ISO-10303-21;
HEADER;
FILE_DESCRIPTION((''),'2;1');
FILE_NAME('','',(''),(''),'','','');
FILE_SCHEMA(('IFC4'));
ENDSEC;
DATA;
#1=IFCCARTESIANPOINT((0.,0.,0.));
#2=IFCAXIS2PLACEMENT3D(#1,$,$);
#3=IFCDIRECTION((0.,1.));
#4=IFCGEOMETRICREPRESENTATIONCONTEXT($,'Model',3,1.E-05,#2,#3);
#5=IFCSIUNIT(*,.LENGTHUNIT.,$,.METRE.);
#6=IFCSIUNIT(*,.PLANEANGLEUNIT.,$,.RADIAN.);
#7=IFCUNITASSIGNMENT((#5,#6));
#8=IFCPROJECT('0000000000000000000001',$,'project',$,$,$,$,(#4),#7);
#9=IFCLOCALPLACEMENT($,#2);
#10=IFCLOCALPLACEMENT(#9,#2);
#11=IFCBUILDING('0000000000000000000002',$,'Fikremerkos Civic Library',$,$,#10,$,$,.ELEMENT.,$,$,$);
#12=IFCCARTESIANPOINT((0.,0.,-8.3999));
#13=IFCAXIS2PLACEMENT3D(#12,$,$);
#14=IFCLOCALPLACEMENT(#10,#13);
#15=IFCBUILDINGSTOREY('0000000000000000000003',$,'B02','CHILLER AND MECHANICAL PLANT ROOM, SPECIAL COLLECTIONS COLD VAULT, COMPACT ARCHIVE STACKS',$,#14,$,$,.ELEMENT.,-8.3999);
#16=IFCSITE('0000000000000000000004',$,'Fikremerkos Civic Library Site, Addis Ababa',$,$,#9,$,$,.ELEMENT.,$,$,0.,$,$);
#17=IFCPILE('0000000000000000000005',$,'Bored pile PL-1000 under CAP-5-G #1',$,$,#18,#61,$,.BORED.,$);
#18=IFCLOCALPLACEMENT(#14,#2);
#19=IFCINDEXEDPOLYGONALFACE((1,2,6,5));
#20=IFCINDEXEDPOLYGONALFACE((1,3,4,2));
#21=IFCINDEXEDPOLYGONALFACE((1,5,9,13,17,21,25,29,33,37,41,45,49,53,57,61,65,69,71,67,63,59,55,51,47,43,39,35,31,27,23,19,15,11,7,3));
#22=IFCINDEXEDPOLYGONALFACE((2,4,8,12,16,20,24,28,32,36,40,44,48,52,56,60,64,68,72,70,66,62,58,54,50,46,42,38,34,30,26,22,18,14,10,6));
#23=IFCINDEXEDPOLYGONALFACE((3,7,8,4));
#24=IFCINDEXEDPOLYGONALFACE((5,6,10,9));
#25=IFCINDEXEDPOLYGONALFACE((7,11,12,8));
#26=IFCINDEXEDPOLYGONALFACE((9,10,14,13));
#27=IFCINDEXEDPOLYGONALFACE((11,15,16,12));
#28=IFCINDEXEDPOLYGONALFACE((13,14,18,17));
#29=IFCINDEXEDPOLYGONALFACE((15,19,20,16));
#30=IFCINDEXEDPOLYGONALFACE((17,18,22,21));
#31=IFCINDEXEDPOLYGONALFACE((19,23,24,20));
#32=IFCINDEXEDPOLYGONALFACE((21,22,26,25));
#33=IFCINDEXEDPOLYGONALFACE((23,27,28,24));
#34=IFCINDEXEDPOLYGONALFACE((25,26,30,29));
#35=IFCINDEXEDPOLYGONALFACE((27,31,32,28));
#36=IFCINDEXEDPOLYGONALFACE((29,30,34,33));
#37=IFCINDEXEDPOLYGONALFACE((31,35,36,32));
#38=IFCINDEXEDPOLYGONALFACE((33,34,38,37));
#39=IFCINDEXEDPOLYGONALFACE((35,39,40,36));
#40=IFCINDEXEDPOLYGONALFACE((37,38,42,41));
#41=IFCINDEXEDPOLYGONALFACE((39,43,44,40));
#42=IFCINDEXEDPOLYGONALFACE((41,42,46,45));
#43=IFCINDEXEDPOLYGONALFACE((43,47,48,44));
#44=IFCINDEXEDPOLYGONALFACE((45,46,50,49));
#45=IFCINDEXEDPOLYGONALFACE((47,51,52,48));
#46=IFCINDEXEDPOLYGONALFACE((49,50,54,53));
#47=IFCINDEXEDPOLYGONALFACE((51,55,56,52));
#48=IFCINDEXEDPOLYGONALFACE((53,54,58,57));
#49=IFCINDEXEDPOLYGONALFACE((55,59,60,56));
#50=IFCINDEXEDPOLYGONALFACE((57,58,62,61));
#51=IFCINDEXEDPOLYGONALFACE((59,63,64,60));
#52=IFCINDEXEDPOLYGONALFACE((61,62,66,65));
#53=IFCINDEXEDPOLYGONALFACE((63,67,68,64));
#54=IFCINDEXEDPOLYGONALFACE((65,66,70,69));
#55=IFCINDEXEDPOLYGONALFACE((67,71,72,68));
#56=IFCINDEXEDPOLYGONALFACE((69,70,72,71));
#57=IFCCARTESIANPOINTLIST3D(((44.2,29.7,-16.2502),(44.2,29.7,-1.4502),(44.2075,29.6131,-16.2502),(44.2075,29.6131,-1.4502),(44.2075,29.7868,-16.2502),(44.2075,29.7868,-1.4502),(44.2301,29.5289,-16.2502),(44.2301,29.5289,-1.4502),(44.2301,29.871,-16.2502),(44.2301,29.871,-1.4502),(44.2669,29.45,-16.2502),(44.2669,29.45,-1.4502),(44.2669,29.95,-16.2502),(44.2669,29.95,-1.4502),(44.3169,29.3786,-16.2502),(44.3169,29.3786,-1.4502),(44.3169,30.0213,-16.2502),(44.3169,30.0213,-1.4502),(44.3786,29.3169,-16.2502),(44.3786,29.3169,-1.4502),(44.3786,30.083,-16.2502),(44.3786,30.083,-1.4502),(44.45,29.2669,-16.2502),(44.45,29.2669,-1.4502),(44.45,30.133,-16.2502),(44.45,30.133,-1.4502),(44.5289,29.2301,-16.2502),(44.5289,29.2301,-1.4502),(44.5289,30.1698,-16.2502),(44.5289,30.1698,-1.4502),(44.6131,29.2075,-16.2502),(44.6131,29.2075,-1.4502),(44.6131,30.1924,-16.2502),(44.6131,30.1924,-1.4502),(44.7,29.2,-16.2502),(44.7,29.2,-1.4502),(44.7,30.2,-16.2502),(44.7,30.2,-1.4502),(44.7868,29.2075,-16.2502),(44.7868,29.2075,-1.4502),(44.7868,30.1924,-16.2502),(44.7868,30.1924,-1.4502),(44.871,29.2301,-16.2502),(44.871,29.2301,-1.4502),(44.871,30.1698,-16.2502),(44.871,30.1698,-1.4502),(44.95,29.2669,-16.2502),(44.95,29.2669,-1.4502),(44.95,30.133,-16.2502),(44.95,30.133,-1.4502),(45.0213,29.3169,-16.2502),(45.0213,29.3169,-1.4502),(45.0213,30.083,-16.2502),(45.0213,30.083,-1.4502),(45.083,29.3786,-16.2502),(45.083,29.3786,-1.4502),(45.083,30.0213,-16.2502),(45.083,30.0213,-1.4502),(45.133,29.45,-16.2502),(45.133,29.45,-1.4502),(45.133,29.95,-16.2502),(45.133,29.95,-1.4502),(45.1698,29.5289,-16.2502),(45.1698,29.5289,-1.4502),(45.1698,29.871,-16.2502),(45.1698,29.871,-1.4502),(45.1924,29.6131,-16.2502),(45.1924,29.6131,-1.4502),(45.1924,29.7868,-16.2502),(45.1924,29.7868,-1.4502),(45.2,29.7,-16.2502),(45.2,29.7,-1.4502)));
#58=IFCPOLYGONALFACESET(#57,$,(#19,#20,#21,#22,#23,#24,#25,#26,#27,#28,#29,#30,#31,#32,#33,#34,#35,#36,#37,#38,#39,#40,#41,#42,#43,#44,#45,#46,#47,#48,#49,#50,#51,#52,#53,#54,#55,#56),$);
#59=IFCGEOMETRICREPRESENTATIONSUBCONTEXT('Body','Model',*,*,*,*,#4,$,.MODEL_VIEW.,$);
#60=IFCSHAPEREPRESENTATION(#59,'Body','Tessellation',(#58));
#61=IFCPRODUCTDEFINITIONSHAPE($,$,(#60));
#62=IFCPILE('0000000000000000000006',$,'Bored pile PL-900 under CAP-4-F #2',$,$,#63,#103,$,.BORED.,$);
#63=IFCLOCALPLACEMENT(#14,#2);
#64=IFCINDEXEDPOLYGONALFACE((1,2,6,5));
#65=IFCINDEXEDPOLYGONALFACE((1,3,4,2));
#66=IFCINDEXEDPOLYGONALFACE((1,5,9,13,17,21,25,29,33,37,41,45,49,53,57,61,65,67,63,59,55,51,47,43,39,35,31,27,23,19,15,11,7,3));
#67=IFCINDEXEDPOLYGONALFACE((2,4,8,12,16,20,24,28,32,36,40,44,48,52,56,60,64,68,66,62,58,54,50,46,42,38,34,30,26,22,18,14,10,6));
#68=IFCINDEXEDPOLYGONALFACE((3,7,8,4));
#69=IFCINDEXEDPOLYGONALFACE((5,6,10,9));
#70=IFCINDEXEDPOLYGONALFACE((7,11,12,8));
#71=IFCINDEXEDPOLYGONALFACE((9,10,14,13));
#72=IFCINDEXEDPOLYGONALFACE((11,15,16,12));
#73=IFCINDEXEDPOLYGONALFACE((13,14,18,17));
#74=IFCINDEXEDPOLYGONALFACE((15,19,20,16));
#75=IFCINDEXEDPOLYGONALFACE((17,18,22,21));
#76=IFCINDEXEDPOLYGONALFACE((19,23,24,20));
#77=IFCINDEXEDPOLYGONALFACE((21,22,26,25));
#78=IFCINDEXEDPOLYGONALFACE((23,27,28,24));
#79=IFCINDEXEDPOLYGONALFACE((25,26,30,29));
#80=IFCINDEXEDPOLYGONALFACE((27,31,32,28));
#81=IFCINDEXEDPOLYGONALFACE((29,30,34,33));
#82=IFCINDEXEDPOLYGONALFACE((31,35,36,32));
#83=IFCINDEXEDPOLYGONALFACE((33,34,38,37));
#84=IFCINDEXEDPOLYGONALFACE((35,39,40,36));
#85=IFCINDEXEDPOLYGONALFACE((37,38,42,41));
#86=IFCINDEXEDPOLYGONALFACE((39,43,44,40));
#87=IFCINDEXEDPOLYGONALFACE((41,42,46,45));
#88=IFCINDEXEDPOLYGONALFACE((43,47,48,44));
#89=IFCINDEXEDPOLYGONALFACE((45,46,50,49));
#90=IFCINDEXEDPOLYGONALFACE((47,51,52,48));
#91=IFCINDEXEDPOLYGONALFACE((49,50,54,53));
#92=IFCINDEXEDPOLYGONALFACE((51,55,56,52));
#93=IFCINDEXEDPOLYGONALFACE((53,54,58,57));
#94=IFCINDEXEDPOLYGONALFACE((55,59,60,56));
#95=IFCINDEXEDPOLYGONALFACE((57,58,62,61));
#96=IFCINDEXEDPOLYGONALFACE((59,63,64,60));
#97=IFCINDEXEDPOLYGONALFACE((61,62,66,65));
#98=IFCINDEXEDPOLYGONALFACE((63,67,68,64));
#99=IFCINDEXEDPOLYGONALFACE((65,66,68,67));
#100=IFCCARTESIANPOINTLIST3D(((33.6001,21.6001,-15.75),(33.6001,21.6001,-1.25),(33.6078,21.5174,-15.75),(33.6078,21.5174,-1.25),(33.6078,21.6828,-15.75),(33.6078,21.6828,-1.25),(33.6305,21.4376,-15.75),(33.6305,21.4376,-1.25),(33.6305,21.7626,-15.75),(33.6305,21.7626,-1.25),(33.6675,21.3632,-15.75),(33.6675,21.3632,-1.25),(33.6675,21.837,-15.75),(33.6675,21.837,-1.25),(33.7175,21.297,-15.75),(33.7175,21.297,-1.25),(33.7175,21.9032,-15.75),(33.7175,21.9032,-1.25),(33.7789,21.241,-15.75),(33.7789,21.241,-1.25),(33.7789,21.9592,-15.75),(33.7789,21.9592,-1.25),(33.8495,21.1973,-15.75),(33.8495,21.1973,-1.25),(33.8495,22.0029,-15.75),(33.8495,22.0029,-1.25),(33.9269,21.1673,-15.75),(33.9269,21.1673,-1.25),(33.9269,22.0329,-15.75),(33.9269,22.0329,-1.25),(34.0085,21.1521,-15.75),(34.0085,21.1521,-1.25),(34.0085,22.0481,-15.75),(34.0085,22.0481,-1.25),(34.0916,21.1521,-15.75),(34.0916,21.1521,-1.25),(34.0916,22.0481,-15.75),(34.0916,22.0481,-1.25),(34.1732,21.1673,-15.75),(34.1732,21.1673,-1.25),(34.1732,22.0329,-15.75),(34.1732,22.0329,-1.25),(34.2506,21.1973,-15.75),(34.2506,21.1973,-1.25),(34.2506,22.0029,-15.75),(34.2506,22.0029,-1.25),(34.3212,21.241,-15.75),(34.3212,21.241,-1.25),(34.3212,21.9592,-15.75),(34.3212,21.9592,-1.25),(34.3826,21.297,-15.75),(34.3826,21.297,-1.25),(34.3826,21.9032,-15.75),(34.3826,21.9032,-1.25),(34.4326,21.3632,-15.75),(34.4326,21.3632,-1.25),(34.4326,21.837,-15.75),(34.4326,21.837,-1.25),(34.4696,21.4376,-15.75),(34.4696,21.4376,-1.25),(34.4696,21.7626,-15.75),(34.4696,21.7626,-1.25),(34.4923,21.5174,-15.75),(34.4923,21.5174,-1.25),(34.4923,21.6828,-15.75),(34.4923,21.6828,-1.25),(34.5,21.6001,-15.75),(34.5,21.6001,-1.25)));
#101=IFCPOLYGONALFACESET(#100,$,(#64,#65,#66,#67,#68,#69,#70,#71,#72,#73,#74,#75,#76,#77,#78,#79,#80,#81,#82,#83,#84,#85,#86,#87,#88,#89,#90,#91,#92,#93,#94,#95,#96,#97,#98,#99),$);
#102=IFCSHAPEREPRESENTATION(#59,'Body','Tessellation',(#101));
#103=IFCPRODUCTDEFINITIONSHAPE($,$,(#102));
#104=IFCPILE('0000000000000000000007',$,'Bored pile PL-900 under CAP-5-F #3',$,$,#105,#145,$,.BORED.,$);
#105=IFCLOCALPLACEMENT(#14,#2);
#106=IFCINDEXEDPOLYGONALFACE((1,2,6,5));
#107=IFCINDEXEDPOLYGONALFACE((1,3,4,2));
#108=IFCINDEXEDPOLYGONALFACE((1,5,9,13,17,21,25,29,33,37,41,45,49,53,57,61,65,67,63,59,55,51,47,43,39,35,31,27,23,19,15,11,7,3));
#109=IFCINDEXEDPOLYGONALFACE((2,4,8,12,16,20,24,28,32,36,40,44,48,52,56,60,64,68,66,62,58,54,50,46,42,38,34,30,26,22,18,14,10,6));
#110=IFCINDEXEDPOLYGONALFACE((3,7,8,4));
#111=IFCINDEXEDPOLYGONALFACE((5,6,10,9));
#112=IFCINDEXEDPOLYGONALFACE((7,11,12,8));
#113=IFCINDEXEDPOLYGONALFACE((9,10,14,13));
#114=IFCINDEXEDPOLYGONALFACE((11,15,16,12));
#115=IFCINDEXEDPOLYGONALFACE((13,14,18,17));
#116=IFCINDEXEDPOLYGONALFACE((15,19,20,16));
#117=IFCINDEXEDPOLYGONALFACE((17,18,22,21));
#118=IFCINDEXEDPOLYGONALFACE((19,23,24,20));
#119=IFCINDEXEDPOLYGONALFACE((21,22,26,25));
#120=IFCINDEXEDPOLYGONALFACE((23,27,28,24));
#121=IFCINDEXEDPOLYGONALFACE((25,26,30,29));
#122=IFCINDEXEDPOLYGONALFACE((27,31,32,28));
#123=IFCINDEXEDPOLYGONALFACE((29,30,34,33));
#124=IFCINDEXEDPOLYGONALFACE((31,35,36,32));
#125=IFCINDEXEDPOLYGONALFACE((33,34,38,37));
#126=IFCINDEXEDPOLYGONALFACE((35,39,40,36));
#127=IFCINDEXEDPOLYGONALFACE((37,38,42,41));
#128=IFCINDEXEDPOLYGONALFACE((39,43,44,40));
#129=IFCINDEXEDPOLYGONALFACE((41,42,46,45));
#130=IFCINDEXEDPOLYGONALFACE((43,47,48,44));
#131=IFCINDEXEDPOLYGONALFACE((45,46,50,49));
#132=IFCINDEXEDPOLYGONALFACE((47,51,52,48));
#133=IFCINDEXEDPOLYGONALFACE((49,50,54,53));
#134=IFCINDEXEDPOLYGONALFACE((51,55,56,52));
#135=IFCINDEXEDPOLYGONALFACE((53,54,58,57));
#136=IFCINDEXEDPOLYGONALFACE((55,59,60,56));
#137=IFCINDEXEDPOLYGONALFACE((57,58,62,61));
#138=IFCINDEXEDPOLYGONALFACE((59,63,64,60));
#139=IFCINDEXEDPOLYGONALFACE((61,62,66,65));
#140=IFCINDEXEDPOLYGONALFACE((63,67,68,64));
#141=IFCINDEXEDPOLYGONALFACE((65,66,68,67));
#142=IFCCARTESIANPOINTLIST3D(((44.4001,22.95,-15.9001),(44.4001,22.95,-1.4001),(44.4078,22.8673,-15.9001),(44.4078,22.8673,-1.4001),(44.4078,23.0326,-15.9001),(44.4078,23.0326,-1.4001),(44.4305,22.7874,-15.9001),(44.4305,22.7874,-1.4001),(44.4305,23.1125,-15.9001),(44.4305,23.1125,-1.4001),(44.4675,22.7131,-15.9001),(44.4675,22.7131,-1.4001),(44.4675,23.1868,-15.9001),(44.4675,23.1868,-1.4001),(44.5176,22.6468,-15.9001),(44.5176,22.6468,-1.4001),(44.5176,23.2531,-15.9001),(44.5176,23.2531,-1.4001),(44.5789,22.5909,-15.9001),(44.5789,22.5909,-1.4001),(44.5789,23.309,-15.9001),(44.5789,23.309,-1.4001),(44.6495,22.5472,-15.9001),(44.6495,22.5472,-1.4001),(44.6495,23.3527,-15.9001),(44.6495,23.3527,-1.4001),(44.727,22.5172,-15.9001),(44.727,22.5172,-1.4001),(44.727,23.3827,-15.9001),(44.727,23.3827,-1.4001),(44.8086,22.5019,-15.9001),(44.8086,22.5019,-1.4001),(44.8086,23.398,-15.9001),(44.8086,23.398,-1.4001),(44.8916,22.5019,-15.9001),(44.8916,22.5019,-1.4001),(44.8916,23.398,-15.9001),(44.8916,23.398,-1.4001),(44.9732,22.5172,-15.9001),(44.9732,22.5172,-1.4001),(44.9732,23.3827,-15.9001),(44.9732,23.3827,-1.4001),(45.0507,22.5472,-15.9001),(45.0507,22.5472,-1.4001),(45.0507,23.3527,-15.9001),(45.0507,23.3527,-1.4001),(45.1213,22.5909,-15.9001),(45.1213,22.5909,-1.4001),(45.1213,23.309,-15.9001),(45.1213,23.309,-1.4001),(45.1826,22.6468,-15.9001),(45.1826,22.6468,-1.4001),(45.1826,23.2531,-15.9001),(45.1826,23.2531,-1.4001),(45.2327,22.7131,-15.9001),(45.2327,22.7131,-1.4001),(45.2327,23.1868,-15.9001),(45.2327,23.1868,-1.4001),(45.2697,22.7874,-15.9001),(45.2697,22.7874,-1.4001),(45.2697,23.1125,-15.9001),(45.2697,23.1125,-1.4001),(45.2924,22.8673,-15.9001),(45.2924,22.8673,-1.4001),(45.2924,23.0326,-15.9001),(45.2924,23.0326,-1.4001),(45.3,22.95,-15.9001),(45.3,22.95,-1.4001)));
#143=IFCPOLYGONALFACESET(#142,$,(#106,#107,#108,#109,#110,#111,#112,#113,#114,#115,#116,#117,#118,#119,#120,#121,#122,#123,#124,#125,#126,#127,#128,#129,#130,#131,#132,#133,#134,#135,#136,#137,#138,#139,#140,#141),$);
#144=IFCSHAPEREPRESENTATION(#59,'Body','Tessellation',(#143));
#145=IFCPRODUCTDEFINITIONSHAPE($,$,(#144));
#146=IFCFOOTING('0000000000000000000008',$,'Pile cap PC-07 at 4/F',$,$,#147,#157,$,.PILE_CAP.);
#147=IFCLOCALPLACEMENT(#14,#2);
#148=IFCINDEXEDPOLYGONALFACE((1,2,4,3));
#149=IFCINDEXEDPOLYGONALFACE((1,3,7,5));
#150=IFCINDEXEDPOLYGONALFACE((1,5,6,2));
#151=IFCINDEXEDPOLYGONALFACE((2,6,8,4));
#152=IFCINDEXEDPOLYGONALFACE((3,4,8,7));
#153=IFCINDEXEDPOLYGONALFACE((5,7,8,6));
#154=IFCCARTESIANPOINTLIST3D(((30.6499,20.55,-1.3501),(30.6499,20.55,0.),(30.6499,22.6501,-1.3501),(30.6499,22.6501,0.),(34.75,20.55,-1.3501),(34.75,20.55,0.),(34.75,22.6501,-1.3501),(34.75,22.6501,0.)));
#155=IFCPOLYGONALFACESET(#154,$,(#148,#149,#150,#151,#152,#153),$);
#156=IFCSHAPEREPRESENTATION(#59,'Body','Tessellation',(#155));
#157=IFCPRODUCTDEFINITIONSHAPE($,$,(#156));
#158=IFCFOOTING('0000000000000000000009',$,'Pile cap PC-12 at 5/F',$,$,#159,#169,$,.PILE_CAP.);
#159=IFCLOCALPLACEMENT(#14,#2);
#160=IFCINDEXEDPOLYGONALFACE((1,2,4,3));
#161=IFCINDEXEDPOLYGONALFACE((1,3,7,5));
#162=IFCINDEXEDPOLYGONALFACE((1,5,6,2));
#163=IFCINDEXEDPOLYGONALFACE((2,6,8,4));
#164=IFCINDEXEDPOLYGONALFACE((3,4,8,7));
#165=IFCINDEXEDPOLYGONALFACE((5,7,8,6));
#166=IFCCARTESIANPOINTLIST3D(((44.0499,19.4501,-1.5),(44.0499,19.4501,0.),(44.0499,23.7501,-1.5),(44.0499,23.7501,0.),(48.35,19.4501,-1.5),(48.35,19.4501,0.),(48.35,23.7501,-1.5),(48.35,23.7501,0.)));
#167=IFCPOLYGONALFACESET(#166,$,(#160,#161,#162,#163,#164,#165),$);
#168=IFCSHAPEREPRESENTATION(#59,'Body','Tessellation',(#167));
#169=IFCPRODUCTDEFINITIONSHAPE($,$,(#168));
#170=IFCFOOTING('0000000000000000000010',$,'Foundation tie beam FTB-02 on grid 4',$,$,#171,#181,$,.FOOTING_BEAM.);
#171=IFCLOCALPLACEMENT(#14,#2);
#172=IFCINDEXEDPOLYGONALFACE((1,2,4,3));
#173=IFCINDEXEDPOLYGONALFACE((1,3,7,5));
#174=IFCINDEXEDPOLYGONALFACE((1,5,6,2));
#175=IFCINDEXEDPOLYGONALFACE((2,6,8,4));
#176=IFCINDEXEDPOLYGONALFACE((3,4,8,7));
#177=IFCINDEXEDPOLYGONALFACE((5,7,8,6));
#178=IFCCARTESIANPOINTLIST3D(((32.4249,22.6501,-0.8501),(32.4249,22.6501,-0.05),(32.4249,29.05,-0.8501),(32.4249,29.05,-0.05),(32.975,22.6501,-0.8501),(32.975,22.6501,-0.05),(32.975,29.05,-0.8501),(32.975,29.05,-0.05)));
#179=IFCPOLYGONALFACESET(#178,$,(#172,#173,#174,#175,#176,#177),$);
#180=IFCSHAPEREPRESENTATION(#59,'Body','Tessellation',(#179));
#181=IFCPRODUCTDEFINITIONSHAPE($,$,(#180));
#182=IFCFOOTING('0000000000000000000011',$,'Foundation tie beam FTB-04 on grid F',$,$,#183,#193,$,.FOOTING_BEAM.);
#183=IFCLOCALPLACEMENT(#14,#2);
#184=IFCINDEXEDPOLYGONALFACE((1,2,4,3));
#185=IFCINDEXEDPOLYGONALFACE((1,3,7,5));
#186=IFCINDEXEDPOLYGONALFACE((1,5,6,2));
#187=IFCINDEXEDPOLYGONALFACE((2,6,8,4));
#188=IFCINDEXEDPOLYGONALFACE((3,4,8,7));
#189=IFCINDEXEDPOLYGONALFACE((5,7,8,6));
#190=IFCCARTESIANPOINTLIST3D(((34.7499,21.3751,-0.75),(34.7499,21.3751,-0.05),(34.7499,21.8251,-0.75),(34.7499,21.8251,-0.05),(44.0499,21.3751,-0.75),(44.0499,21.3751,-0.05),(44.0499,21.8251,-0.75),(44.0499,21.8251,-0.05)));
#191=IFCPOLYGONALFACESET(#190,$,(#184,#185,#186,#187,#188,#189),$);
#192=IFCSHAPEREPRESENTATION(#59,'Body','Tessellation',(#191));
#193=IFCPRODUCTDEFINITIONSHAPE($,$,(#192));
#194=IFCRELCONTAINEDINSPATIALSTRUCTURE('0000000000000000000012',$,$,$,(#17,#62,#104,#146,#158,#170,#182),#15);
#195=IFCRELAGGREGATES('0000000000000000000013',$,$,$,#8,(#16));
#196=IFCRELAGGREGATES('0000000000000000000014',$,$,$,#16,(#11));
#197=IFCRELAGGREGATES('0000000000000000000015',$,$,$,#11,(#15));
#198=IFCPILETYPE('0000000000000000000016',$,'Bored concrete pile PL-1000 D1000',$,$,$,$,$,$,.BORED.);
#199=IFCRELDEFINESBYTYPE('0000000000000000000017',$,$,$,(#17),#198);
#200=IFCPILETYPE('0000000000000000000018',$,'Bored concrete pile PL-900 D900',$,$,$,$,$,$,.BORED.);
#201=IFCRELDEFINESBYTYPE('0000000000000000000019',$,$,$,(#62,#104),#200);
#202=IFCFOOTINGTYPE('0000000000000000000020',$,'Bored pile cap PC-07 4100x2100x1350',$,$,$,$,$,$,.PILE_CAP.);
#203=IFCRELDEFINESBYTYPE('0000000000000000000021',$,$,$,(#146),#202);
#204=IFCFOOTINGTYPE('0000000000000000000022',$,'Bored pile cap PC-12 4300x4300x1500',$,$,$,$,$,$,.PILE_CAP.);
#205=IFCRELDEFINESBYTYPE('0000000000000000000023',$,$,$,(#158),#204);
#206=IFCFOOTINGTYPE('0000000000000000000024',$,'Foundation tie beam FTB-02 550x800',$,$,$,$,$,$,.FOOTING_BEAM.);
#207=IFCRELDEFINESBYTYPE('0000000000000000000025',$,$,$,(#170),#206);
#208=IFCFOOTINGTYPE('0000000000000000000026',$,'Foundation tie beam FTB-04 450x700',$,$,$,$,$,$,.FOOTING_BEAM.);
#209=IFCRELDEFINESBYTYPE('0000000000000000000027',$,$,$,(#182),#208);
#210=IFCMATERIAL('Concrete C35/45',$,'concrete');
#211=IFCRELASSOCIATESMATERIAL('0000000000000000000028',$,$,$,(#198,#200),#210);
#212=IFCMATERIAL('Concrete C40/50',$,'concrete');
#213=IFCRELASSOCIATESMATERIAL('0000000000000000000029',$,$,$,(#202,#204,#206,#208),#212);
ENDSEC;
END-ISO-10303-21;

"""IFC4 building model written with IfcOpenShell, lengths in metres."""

from ifc_helpers import new_model, si_unit, direction, frame, origin, origin_2d, place, context, subcontext, project, spatial, rectangle, circle, extrude, material, material_profile, profile_set, type_object, element, save


model = new_model("IFC4")

# Units and contexts
model_context = context("Model", 3, precision=1e-05, world=origin(), true_north=direction((0.0, 1.0)))
body_context = subcontext(model_context, "Body", "Model", "MODEL_VIEW")
ifc_project = project(units=[si_unit("LENGTHUNIT", "METRE"), si_unit("PLANEANGLEUNIT", "RADIAN")], contexts=[model_context])

# Site, building, storey
site_placement = place(None, origin())
site = spatial("IfcSite", under=ifc_project, at=site_placement, Name="Fikremerkos Civic Library Site, Addis Ababa", CompositionType="ELEMENT", RefElevation=0.0)
building_placement = place(site_placement, origin())
building = spatial("IfcBuilding", under=site, at=building_placement, Name="Fikremerkos Civic Library", CompositionType="ELEMENT")
storey_placement = place(building_placement, frame((0.0, 0.0, -8.3999)))
storey = spatial("IfcBuildingStorey", under=building, at=storey_placement, Name="B02", Description="CHILLER AND MECHANICAL PLANT ROOM, SPECIAL COLLECTIONS COLD VAULT, COMPACT ARCHIVE STACKS", CompositionType="ELEMENT", Elevation=-8.3999)

# Piles
ifc_material_1 = material(Name="Concrete C35/45", Category="concrete")
ifc_material_profile_1 = material_profile(ifc_material_1, circle(Radius=0.5, at=origin_2d()), Name="BORED PILE 1000")
ifc_profile_set_1 = profile_set([ifc_material_profile_1], Name="Concrete C35/45")
pile_type_1 = type_object("IfcPileType", Name="Bored concrete pile PL-1000 D1000", PredefinedType="BORED", material=ifc_profile_set_1)
pile_placement = place(storey_placement, frame((44.7, 29.7, -1.4502), z_axis=(0.0, 0.0, -1.0), x_axis=(1.0, 0.0, 0.0)))
element("IfcPile", 1, at=pile_placement, inside=storey, type_object=pile_type_1, Name="Bored pile PL-1000 under CAP-5-G #1", PredefinedType="BORED", context=body_context, shape_type="SweptSolid", body=[
    extrude(circle(Radius=0.5, at=origin_2d()), origin(), (0.0, 0.0, 1.0), 14.8),
])
ifc_material_profile_2 = material_profile(ifc_material_1, circle(Radius=0.45, at=origin_2d()), Name="BORED PILE 900")
ifc_profile_set_2 = profile_set([ifc_material_profile_2], Name="Concrete C35/45")
pile_type_2 = type_object("IfcPileType", Name="Bored concrete pile PL-900 D900", PredefinedType="BORED", material=ifc_profile_set_2)
for number, where, z_axis, x_axis, name in (
    (2, (34.05, 21.6001, -1.25), (0.0, 0.0, -1.0), (1.0, 0.0, 0.0), "Bored pile PL-900 under CAP-4-F #2"),
    (3, (44.8501, 22.95, -1.4001), (0.0, 0.0, -1.0), (1.0, 0.0, 0.0), "Bored pile PL-900 under CAP-5-F #3"),
):
    element("IfcPile", number, at=place(storey_placement, frame(where, z_axis=z_axis, x_axis=x_axis)), inside=storey, type_object=pile_type_2, Name=name, PredefinedType="BORED", context=body_context, shape_type="SweptSolid", body=[
        extrude(circle(Radius=0.45, at=origin_2d()), origin(), (0.0, 0.0, 1.0), 14.5),
    ])

# Footings
ifc_material_2 = material(Name="Concrete C40/50", Category="concrete")
footing_type_1 = type_object("IfcFootingType", Name="Bored pile cap PC-07 4100x2100x1350", PredefinedType="PILE_CAP", material=ifc_material_2)
footing_1_placement = place(storey_placement, frame((32.7, 21.6001, -1.3501), z_axis=(0.0, 0.0, 1.0), x_axis=(1.0, 0.0, 0.0)))
element("IfcFooting", 4, at=footing_1_placement, inside=storey, type_object=footing_type_1, Name="Pile cap PC-07 at 4/F", PredefinedType="PILE_CAP", context=body_context, shape_type="SweptSolid", body=[
    extrude(rectangle(XDim=4.1001, YDim=2.1001, at=origin_2d()), origin(), (0.0, 0.0, 1.0), 1.3501),
])
footing_type_2 = type_object("IfcFootingType", Name="Bored pile cap PC-12 4300x4300x1500", PredefinedType="PILE_CAP", material=ifc_material_2)
footing_2_placement = place(storey_placement, frame((46.2, 21.6001, -1.5), z_axis=(0.0, 0.0, 1.0), x_axis=(1.0, 0.0, 0.0)))
element("IfcFooting", 5, at=footing_2_placement, inside=storey, type_object=footing_type_2, Name="Pile cap PC-12 at 5/F", PredefinedType="PILE_CAP", context=body_context, shape_type="SweptSolid", body=[
    extrude(rectangle(XDim=4.3, YDim=4.3, at=origin_2d()), origin(), (0.0, 0.0, 1.0), 1.5),
])
footing_type_3 = type_object("IfcFootingType", Name="Foundation tie beam FTB-02 550x800", PredefinedType="FOOTING_BEAM", material=ifc_material_2)
footing_3_placement = place(storey_placement, frame((32.7, 25.8501, -0.8501), z_axis=(0.0, 0.0, 1.0), x_axis=(0.0, 1.0, 0.0)))
element("IfcFooting", 6, at=footing_3_placement, inside=storey, type_object=footing_type_3, Name="Foundation tie beam FTB-02 on grid 4", PredefinedType="FOOTING_BEAM", context=body_context, shape_type="SweptSolid", body=[
    extrude(rectangle(XDim=6.3999, YDim=0.55, at=origin_2d()), origin(), (0.0, 0.0, 1.0), 0.8),
])
footing_type_4 = type_object("IfcFootingType", Name="Foundation tie beam FTB-04 450x700", PredefinedType="FOOTING_BEAM", material=ifc_material_2)
footing_4_placement = place(storey_placement, frame((39.3999, 21.6001, -0.75), z_axis=(0.0, 0.0, 1.0), x_axis=(1.0, 0.0, 0.0)))
element("IfcFooting", 7, at=footing_4_placement, inside=storey, type_object=footing_type_4, Name="Foundation tie beam FTB-04 on grid F", PredefinedType="FOOTING_BEAM", context=body_context, shape_type="SweptSolid", body=[
    extrude(rectangle(XDim=9.3, YDim=0.45, at=origin_2d()), origin(), (0.0, 0.0, 1.0), 0.7),
])

save(model, "model.ifc")
